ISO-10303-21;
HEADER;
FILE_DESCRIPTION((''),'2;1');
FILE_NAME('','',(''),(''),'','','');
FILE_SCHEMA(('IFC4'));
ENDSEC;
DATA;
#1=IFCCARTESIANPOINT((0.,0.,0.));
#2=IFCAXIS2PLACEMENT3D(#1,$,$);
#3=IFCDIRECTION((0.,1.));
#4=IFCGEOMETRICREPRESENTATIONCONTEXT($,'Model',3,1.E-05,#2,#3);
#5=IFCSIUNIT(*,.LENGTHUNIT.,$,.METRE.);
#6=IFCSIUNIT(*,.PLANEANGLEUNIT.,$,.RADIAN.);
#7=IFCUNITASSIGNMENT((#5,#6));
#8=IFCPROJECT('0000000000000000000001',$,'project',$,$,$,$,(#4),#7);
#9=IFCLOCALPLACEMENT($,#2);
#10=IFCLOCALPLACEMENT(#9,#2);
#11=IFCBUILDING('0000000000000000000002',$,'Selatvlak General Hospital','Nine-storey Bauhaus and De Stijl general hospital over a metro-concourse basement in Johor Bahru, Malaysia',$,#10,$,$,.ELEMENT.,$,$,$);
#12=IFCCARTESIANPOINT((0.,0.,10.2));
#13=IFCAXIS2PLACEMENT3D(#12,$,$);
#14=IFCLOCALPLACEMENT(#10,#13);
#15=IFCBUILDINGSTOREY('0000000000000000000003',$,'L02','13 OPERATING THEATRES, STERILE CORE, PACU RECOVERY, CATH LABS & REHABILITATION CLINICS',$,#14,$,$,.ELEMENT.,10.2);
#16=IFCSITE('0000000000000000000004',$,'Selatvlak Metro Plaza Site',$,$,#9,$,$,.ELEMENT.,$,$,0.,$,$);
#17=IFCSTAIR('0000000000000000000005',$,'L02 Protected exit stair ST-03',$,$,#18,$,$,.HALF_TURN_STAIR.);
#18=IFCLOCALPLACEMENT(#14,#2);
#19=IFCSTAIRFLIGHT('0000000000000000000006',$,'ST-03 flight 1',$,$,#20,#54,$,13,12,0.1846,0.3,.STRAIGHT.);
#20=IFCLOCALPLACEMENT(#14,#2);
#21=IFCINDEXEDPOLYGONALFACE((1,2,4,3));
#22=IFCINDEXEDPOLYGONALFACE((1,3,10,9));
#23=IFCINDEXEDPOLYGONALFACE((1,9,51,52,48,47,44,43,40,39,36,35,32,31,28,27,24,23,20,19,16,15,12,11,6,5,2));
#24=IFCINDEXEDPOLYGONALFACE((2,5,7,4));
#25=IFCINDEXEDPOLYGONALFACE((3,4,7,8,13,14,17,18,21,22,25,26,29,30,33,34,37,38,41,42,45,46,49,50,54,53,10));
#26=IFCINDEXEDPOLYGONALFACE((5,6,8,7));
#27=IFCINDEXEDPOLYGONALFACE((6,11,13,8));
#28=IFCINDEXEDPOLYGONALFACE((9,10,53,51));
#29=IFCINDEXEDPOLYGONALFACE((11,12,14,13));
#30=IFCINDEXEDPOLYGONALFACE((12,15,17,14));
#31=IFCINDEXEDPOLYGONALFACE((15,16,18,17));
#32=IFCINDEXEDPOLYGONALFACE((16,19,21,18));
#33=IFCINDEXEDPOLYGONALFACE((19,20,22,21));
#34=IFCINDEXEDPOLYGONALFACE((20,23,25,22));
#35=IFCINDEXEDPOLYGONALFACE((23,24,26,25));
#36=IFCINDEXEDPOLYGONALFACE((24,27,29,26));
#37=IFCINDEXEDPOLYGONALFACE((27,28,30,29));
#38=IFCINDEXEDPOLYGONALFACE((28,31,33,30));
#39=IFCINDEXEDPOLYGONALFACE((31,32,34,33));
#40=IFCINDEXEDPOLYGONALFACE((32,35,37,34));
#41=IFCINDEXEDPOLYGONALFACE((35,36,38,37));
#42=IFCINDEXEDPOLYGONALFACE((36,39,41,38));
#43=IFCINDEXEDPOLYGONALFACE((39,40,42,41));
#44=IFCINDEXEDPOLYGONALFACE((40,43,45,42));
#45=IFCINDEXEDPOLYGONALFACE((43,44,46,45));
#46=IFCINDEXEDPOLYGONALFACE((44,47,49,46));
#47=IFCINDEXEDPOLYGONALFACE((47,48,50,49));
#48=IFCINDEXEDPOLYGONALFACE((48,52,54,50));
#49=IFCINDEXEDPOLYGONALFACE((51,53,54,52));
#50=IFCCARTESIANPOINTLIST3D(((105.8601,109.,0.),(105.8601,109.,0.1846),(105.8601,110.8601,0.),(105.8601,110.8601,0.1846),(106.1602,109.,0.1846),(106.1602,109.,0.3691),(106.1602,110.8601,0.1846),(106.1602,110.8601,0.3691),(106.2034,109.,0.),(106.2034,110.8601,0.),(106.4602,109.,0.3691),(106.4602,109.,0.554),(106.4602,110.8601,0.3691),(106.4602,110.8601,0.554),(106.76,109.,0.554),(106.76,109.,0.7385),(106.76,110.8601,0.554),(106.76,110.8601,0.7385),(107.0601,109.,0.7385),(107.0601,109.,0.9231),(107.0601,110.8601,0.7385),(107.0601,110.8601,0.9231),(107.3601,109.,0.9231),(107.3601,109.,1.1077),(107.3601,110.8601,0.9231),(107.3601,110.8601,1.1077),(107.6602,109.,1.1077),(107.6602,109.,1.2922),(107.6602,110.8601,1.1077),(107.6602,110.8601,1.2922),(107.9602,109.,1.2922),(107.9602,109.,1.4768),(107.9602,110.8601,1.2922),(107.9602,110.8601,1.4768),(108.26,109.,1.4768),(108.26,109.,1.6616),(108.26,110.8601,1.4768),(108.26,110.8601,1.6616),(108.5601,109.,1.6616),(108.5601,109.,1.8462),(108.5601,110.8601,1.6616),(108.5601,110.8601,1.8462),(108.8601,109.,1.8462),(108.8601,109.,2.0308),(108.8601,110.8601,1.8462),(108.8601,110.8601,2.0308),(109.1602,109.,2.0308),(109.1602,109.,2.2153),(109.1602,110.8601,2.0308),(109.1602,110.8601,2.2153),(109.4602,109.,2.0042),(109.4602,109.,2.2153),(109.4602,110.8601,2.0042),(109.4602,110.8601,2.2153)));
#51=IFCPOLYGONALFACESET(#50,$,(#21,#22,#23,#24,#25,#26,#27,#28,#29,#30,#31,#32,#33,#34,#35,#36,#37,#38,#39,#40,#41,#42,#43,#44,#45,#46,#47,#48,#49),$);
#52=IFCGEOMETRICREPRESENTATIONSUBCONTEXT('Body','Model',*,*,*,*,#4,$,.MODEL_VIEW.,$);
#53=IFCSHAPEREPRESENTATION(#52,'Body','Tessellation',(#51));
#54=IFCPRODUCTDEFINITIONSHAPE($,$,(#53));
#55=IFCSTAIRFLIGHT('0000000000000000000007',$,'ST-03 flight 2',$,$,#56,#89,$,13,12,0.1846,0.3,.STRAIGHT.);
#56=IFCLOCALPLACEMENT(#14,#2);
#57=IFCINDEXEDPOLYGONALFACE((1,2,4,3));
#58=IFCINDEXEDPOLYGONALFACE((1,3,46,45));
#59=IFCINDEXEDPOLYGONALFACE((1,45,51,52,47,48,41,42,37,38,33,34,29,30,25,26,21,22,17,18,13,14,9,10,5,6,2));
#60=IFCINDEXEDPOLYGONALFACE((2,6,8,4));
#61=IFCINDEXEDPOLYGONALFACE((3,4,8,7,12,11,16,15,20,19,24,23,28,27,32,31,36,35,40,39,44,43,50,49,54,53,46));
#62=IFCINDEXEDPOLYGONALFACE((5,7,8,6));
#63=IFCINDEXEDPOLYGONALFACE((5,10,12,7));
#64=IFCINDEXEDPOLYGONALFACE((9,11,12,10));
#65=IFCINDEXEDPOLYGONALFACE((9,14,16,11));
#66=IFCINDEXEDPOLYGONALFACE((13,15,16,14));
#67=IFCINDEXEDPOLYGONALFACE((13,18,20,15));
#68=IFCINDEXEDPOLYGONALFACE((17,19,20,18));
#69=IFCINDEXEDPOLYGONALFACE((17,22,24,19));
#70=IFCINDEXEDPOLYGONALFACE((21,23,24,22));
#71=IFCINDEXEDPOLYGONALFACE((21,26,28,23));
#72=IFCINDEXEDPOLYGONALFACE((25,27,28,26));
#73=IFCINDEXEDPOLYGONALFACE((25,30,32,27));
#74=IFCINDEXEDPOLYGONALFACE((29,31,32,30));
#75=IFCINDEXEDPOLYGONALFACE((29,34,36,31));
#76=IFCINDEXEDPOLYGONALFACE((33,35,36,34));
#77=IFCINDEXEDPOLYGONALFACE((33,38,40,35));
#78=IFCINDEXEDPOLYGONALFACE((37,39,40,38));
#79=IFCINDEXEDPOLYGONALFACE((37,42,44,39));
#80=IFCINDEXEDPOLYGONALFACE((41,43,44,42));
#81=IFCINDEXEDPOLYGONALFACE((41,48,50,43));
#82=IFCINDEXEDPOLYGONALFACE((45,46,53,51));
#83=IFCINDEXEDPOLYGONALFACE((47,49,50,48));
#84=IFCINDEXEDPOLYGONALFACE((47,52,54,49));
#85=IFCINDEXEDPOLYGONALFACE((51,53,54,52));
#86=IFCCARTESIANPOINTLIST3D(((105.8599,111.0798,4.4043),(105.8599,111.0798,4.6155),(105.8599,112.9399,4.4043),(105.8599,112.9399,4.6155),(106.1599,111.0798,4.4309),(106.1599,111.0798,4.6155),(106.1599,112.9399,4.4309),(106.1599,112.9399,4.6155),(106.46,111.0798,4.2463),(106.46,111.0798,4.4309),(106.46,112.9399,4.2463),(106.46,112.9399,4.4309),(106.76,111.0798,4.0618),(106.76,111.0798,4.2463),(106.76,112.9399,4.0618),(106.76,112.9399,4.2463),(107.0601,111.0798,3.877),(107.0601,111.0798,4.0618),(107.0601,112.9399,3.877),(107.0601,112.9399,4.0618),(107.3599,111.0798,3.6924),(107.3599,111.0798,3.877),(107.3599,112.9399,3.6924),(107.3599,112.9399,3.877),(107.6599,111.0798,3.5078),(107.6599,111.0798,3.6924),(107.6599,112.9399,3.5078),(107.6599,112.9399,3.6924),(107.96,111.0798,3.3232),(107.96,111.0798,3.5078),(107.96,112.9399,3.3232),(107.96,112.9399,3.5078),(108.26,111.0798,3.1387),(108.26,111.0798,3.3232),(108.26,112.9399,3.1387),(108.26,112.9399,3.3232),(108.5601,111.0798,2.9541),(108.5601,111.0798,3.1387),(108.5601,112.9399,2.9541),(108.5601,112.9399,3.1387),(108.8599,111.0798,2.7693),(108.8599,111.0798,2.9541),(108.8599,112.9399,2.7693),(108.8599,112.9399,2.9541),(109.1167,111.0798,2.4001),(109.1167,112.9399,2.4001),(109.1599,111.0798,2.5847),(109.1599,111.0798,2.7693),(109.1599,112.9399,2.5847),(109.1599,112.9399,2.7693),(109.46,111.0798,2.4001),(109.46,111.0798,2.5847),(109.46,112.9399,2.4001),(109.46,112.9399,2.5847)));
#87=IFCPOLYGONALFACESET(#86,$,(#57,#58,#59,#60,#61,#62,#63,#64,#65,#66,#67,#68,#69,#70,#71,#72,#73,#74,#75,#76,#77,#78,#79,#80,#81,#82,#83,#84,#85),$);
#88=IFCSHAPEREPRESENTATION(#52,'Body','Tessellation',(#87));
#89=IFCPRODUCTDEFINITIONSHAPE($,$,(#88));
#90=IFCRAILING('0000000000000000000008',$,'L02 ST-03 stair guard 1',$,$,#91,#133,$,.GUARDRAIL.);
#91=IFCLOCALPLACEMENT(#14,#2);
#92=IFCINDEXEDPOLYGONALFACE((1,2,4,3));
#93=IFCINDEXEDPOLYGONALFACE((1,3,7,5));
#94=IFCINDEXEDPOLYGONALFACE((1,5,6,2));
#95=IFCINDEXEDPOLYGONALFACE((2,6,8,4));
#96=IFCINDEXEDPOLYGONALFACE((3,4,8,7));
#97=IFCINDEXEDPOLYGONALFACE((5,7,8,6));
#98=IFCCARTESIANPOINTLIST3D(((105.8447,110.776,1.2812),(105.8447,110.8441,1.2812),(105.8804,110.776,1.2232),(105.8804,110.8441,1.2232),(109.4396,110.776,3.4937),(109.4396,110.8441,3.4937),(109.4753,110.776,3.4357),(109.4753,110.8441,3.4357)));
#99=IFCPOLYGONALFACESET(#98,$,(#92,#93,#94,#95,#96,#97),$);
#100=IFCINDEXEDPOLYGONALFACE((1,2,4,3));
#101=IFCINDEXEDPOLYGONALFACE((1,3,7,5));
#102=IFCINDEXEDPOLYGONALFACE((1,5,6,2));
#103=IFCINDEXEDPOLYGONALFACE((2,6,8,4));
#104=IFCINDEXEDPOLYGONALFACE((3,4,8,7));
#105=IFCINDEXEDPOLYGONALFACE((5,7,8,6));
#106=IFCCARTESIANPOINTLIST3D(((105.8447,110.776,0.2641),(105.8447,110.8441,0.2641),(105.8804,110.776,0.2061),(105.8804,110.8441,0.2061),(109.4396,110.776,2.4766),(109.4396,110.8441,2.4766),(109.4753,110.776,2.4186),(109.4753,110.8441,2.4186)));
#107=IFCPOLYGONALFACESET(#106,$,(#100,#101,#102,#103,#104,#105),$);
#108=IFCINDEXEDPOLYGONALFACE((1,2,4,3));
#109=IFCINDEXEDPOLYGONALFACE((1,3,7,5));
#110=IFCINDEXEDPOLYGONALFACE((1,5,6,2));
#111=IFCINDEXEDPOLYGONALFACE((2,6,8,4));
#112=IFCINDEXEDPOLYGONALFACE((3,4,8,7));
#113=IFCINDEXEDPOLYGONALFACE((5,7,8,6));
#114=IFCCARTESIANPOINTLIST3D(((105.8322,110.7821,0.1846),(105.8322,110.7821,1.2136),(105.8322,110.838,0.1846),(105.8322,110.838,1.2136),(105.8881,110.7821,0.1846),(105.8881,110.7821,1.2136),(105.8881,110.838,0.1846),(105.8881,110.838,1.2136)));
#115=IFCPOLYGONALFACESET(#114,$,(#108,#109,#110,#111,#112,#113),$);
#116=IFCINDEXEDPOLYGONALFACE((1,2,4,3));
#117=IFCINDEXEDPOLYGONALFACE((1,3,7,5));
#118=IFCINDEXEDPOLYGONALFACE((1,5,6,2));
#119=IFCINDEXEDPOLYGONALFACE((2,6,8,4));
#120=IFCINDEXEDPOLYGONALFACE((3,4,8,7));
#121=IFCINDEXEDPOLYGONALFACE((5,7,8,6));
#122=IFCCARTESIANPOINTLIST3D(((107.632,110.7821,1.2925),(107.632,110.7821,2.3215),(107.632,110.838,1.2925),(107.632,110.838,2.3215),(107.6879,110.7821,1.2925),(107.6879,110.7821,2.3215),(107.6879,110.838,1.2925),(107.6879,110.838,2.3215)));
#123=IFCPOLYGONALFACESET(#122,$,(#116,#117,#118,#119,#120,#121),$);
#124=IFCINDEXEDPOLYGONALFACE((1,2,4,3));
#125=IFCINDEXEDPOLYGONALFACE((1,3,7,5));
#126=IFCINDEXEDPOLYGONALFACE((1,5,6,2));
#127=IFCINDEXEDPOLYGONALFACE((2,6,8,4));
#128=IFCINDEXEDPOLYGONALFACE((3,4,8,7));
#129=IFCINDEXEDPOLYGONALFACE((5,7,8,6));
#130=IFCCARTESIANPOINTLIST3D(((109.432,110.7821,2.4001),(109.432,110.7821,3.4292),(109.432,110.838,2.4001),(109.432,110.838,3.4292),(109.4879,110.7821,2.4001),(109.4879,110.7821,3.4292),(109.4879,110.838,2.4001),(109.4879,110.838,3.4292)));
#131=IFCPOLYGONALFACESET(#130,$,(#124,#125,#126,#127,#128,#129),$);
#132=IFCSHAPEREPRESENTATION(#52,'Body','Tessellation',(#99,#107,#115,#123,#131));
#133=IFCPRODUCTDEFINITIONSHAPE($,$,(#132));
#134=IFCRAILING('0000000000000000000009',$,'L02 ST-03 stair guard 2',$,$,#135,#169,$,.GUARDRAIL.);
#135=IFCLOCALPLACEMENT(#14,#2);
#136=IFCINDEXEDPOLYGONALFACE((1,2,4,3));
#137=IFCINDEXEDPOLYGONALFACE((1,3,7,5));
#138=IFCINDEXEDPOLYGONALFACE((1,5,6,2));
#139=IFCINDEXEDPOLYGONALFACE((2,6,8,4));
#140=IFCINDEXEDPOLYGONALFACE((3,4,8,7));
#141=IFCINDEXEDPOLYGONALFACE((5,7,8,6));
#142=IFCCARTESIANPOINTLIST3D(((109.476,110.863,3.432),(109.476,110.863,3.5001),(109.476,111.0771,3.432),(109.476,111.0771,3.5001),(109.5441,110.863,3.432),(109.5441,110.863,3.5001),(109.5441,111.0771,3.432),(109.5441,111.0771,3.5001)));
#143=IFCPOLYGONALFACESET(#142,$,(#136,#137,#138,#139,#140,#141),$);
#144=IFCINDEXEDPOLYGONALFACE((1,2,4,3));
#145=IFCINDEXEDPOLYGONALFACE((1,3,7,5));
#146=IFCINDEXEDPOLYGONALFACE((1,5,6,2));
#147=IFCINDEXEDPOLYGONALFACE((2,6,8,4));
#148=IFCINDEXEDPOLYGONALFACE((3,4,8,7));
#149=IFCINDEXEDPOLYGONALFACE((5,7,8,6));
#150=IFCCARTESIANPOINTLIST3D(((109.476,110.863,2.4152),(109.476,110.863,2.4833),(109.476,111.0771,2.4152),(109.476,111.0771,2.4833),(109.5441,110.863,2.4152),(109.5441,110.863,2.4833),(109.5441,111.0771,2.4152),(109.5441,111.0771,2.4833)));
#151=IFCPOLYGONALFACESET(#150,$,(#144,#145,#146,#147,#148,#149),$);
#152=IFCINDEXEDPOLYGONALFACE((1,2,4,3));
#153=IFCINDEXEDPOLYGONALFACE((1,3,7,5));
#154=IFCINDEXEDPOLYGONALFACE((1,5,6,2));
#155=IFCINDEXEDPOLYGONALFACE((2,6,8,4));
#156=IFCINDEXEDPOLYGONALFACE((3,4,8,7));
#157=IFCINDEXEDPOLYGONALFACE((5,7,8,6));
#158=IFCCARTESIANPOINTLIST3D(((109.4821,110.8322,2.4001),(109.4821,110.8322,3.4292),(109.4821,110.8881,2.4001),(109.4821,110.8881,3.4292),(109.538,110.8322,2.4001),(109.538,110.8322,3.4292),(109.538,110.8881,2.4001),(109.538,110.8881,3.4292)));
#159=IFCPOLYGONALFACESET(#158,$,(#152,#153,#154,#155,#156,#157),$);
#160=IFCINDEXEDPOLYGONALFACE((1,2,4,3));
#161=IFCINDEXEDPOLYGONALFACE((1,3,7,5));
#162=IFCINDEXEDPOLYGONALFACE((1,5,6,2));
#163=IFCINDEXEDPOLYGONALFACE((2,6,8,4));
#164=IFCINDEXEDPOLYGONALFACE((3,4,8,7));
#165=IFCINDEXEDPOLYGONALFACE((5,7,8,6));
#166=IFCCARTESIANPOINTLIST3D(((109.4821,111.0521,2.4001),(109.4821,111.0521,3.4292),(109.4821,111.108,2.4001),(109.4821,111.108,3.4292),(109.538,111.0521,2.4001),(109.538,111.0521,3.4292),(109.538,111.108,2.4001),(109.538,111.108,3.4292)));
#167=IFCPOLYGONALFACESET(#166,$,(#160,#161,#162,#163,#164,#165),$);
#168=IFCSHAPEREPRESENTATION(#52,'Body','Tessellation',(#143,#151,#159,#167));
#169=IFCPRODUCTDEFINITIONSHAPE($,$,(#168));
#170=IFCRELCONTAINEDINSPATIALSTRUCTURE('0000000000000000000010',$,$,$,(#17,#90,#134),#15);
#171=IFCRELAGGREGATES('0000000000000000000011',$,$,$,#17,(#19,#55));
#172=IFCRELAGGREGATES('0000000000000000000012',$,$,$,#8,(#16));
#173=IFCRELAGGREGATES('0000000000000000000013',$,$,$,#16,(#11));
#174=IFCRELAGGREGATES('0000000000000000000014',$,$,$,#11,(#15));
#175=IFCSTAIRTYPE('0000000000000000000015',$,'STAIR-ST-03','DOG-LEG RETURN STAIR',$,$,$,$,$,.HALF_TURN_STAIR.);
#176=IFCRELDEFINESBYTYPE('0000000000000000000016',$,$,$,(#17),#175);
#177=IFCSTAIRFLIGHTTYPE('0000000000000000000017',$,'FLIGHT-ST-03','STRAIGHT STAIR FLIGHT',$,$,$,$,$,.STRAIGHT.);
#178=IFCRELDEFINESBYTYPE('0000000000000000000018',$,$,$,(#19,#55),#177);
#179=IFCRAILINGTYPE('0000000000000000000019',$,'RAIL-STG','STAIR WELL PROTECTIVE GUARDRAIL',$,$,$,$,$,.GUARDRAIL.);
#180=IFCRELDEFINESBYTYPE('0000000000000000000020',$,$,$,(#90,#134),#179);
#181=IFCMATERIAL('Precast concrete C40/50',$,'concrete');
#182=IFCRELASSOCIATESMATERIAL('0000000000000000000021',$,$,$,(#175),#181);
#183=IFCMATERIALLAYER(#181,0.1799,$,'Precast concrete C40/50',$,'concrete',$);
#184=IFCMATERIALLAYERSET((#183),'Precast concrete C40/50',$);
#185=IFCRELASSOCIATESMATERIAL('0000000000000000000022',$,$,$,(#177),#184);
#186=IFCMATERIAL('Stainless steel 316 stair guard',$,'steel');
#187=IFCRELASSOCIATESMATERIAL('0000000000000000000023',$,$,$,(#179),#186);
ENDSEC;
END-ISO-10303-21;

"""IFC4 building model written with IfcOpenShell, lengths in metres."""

from ifc_helpers import new_model, si_unit, direction, frame, origin, origin_2d, place, context, subcontext, project, spatial, polyline, rectangle, outline, extrude, material, layer, layer_set, type_object, element, aggregate, save


model = new_model("IFC4")

# Units and contexts
model_context = context("Model", 3, precision=1e-05, world=origin(), true_north=direction((0.0, 1.0)))
body_context = subcontext(model_context, "Body", "Model", "MODEL_VIEW")
ifc_project = project(units=[si_unit("LENGTHUNIT", "METRE"), si_unit("PLANEANGLEUNIT", "RADIAN")], contexts=[model_context])

# Site, building, storey
site_placement = place(None, origin())
site = spatial("IfcSite", under=ifc_project, at=site_placement, Name="Selatvlak Metro Plaza Site", CompositionType="ELEMENT", RefElevation=0.0)
building_placement = place(site_placement, origin())
building = spatial("IfcBuilding", under=site, at=building_placement, Name="Selatvlak General Hospital", Description="Nine-storey Bauhaus and De Stijl general hospital over a metro-concourse basement in Johor Bahru, Malaysia", CompositionType="ELEMENT")
storey_placement = place(building_placement, frame((0.0, 0.0, 10.2)))
storey = spatial("IfcBuildingStorey", under=building, at=storey_placement, Name="L02", Description="13 OPERATING THEATRES, STERILE CORE, PACU RECOVERY, CATH LABS & REHABILITATION CLINICS", CompositionType="ELEMENT", Elevation=10.2)

# Stair, stair flights
ifc_material_1 = material(Name="Precast concrete C40/50", Category="concrete")
stair_type = type_object("IfcStairType", Name="STAIR-ST-03", Description="DOG-LEG RETURN STAIR", PredefinedType="HALF_TURN_STAIR", material=ifc_material_1)
stair_placement = place(storey_placement, origin())
stair = element("IfcStair", 1, at=stair_placement, inside=storey, type_object=stair_type, Name="L02 Protected exit stair ST-03", PredefinedType="HALF_TURN_STAIR")
ifc_layer_1 = layer(ifc_material_1, 0.1799, Name="Precast concrete C40/50", Category="concrete")
ifc_layer_set_1 = layer_set([ifc_layer_1], Name="Precast concrete C40/50")
stair_flight_type = type_object("IfcStairFlightType", Name="FLIGHT-ST-03", Description="STRAIGHT STAIR FLIGHT", PredefinedType="STRAIGHT", material=ifc_layer_set_1)
stair_flight_1_placement = place(storey_placement, frame((105.8601, 109.9299, 0.0), z_axis=(0.0, 0.0, 1.0), x_axis=(1.0, 0.0, 0.0)))
stair_flight_1 = element("IfcStairFlight", 2, at=stair_flight_1_placement, type_object=stair_flight_type, Name="ST-03 flight 1", NumberOfRisers=13, NumberOfTreads=12, PredefinedType="STRAIGHT", RiserHeight=0.1846, TreadLength=0.3, context=body_context, shape_type="SweptSolid", body=[
    extrude(outline(polyline([(0.0, 0.0), (0.0, 0.1846), (0.3, 0.1846), (0.3, 0.3691), (0.6001, 0.3691), (0.6001, 0.554), (0.8999, 0.554), (0.8999, 0.7385), (1.2, 0.7385), (1.2, 0.9231), (1.5, 0.9231), (1.5, 1.1077), (1.8, 1.1077), (1.8, 1.2922), (2.1001, 1.2922), (2.1001, 1.4768), (2.3999, 1.4768), (2.3999, 1.6616), (2.7, 1.6616), (2.7, 1.8462), (3.0, 1.8462), (3.0, 2.0308), (3.3, 2.0308), (3.3, 2.2153), (3.6001, 2.2153), (3.6001, 2.3999), (3.6001, 2.0042), (0.3433, 0.0), (0.0, 0.0)])), frame((0.0, 0.9302, 0.0), z_axis=(0.0, -1.0, 0.0), x_axis=(1.0, 0.0, 0.0)), (0.0, 0.0, 1.0), 1.8601),
])
stair_flight_2_placement = place(storey_placement, frame((109.46, 112.01, 2.4001), z_axis=(0.0, 0.0, 1.0), x_axis=(-1.0, 0.0, 0.0)))
stair_flight_2 = element("IfcStairFlight", 3, at=stair_flight_2_placement, type_object=stair_flight_type, Name="ST-03 flight 2", NumberOfRisers=13, NumberOfTreads=12, PredefinedType="STRAIGHT", RiserHeight=0.1846, TreadLength=0.3, context=body_context, shape_type="SweptSolid", body=[
    extrude(outline(polyline([(0.0, 0.0), (0.0, 0.1846), (0.3, 0.1846), (0.3, 0.3691), (0.6001, 0.3691), (0.6001, 0.554), (0.8999, 0.554), (0.8999, 0.7385), (1.2, 0.7385), (1.2, 0.9231), (1.5, 0.9231), (1.5, 1.1077), (1.8, 1.1077), (1.8, 1.2922), (2.1001, 1.2922), (2.1001, 1.4768), (2.3999, 1.4768), (2.3999, 1.6616), (2.7, 1.6616), (2.7, 1.8462), (3.0, 1.8462), (3.0, 2.0308), (3.3, 2.0308), (3.3, 2.2153), (3.6001, 2.2153), (3.6001, 2.3999), (3.6001, 2.0042), (0.3433, 0.0), (0.0, 0.0)])), frame((0.0, 0.9302, 0.0), z_axis=(0.0, -1.0, 0.0), x_axis=(1.0, 0.0, 0.0)), (0.0, 0.0, 1.0), 1.8601),
])
aggregate(stair, [stair_flight_1, stair_flight_2])

# Railings
ifc_material_2 = material(Name="Stainless steel 316 stair guard", Category="steel")
railing_type_1 = type_object("IfcRailingType", Name="RAIL-STG", Description="STAIR WELL PROTECTIVE GUARDRAIL", PredefinedType="GUARDRAIL", material=ifc_material_2)
railing_1_placement = place(storey_placement, frame((105.8601, 110.8101, 0.1846)))
element("IfcRailing", 4, at=railing_1_placement, inside=storey, type_object=railing_type_1, Name="L02 ST-03 stair guard 1", PredefinedType="GUARDRAIL", context=body_context, shape_type="SweptSolid", body=[
    extrude(rectangle(XDim=0.0681, YDim=0.0681, at=origin_2d()), frame((0.0024, 0.0, 1.0676), z_axis=(0.851629, 0.0, 0.524146), x_axis=(0.0, 1.0, 0.0)), (0.0, 0.0, 1.0), 4.2212),
    extrude(rectangle(XDim=0.0681, YDim=0.0681, at=origin_2d()), frame((0.0024, 0.0, 0.0505), z_axis=(0.851629, 0.0, 0.524146), x_axis=(0.0, 1.0, 0.0)), (0.0, 0.0, 1.0), 4.2212),
    extrude(rectangle(XDim=0.0559, YDim=0.0559, at=origin_2d()), origin(), (0.0, 0.0, 1.0), 1.0291),
    extrude(rectangle(XDim=0.0559, YDim=0.0559, at=origin_2d()), frame((1.7998, 0.0, 1.1079)), (0.0, 0.0, 1.0), 1.0291),
    extrude(rectangle(XDim=0.0559, YDim=0.0559, at=origin_2d()), frame((3.5999, 0.0, 2.2156)), (0.0, 0.0, 1.0), 1.0291),
])
railing_2_placement = place(storey_placement, frame((109.51, 110.8601, 2.4001)))
element("IfcRailing", 5, at=railing_2_placement, inside=storey, type_object=railing_type_1, Name="L02 ST-03 stair guard 2", PredefinedType="GUARDRAIL", context=body_context, shape_type="SweptSolid", body=[
    extrude(rectangle(XDim=0.0681, YDim=0.0681, at=origin_2d()), frame((0.0, 0.0029, 1.0659), z_axis=(0.0, 1.0, 0.0), x_axis=(-1.0, 0.0, 0.0)), (0.0, 0.0, 1.0), 0.2141),
    extrude(rectangle(XDim=0.0681, YDim=0.0681, at=origin_2d()), frame((0.0, 0.0029, 0.0491), z_axis=(0.0, 1.0, 0.0), x_axis=(-1.0, 0.0, 0.0)), (0.0, 0.0, 1.0), 0.2141),
    extrude(rectangle(XDim=0.0559, YDim=0.0559, at=origin_2d()), origin(), (0.0, 0.0, 1.0), 1.0291),
    extrude(rectangle(XDim=0.0559, YDim=0.0559, at=origin_2d()), frame((0.0, 0.22, 0.0)), (0.0, 0.0, 1.0), 1.0291),
])

save(model, "model.ifc")
